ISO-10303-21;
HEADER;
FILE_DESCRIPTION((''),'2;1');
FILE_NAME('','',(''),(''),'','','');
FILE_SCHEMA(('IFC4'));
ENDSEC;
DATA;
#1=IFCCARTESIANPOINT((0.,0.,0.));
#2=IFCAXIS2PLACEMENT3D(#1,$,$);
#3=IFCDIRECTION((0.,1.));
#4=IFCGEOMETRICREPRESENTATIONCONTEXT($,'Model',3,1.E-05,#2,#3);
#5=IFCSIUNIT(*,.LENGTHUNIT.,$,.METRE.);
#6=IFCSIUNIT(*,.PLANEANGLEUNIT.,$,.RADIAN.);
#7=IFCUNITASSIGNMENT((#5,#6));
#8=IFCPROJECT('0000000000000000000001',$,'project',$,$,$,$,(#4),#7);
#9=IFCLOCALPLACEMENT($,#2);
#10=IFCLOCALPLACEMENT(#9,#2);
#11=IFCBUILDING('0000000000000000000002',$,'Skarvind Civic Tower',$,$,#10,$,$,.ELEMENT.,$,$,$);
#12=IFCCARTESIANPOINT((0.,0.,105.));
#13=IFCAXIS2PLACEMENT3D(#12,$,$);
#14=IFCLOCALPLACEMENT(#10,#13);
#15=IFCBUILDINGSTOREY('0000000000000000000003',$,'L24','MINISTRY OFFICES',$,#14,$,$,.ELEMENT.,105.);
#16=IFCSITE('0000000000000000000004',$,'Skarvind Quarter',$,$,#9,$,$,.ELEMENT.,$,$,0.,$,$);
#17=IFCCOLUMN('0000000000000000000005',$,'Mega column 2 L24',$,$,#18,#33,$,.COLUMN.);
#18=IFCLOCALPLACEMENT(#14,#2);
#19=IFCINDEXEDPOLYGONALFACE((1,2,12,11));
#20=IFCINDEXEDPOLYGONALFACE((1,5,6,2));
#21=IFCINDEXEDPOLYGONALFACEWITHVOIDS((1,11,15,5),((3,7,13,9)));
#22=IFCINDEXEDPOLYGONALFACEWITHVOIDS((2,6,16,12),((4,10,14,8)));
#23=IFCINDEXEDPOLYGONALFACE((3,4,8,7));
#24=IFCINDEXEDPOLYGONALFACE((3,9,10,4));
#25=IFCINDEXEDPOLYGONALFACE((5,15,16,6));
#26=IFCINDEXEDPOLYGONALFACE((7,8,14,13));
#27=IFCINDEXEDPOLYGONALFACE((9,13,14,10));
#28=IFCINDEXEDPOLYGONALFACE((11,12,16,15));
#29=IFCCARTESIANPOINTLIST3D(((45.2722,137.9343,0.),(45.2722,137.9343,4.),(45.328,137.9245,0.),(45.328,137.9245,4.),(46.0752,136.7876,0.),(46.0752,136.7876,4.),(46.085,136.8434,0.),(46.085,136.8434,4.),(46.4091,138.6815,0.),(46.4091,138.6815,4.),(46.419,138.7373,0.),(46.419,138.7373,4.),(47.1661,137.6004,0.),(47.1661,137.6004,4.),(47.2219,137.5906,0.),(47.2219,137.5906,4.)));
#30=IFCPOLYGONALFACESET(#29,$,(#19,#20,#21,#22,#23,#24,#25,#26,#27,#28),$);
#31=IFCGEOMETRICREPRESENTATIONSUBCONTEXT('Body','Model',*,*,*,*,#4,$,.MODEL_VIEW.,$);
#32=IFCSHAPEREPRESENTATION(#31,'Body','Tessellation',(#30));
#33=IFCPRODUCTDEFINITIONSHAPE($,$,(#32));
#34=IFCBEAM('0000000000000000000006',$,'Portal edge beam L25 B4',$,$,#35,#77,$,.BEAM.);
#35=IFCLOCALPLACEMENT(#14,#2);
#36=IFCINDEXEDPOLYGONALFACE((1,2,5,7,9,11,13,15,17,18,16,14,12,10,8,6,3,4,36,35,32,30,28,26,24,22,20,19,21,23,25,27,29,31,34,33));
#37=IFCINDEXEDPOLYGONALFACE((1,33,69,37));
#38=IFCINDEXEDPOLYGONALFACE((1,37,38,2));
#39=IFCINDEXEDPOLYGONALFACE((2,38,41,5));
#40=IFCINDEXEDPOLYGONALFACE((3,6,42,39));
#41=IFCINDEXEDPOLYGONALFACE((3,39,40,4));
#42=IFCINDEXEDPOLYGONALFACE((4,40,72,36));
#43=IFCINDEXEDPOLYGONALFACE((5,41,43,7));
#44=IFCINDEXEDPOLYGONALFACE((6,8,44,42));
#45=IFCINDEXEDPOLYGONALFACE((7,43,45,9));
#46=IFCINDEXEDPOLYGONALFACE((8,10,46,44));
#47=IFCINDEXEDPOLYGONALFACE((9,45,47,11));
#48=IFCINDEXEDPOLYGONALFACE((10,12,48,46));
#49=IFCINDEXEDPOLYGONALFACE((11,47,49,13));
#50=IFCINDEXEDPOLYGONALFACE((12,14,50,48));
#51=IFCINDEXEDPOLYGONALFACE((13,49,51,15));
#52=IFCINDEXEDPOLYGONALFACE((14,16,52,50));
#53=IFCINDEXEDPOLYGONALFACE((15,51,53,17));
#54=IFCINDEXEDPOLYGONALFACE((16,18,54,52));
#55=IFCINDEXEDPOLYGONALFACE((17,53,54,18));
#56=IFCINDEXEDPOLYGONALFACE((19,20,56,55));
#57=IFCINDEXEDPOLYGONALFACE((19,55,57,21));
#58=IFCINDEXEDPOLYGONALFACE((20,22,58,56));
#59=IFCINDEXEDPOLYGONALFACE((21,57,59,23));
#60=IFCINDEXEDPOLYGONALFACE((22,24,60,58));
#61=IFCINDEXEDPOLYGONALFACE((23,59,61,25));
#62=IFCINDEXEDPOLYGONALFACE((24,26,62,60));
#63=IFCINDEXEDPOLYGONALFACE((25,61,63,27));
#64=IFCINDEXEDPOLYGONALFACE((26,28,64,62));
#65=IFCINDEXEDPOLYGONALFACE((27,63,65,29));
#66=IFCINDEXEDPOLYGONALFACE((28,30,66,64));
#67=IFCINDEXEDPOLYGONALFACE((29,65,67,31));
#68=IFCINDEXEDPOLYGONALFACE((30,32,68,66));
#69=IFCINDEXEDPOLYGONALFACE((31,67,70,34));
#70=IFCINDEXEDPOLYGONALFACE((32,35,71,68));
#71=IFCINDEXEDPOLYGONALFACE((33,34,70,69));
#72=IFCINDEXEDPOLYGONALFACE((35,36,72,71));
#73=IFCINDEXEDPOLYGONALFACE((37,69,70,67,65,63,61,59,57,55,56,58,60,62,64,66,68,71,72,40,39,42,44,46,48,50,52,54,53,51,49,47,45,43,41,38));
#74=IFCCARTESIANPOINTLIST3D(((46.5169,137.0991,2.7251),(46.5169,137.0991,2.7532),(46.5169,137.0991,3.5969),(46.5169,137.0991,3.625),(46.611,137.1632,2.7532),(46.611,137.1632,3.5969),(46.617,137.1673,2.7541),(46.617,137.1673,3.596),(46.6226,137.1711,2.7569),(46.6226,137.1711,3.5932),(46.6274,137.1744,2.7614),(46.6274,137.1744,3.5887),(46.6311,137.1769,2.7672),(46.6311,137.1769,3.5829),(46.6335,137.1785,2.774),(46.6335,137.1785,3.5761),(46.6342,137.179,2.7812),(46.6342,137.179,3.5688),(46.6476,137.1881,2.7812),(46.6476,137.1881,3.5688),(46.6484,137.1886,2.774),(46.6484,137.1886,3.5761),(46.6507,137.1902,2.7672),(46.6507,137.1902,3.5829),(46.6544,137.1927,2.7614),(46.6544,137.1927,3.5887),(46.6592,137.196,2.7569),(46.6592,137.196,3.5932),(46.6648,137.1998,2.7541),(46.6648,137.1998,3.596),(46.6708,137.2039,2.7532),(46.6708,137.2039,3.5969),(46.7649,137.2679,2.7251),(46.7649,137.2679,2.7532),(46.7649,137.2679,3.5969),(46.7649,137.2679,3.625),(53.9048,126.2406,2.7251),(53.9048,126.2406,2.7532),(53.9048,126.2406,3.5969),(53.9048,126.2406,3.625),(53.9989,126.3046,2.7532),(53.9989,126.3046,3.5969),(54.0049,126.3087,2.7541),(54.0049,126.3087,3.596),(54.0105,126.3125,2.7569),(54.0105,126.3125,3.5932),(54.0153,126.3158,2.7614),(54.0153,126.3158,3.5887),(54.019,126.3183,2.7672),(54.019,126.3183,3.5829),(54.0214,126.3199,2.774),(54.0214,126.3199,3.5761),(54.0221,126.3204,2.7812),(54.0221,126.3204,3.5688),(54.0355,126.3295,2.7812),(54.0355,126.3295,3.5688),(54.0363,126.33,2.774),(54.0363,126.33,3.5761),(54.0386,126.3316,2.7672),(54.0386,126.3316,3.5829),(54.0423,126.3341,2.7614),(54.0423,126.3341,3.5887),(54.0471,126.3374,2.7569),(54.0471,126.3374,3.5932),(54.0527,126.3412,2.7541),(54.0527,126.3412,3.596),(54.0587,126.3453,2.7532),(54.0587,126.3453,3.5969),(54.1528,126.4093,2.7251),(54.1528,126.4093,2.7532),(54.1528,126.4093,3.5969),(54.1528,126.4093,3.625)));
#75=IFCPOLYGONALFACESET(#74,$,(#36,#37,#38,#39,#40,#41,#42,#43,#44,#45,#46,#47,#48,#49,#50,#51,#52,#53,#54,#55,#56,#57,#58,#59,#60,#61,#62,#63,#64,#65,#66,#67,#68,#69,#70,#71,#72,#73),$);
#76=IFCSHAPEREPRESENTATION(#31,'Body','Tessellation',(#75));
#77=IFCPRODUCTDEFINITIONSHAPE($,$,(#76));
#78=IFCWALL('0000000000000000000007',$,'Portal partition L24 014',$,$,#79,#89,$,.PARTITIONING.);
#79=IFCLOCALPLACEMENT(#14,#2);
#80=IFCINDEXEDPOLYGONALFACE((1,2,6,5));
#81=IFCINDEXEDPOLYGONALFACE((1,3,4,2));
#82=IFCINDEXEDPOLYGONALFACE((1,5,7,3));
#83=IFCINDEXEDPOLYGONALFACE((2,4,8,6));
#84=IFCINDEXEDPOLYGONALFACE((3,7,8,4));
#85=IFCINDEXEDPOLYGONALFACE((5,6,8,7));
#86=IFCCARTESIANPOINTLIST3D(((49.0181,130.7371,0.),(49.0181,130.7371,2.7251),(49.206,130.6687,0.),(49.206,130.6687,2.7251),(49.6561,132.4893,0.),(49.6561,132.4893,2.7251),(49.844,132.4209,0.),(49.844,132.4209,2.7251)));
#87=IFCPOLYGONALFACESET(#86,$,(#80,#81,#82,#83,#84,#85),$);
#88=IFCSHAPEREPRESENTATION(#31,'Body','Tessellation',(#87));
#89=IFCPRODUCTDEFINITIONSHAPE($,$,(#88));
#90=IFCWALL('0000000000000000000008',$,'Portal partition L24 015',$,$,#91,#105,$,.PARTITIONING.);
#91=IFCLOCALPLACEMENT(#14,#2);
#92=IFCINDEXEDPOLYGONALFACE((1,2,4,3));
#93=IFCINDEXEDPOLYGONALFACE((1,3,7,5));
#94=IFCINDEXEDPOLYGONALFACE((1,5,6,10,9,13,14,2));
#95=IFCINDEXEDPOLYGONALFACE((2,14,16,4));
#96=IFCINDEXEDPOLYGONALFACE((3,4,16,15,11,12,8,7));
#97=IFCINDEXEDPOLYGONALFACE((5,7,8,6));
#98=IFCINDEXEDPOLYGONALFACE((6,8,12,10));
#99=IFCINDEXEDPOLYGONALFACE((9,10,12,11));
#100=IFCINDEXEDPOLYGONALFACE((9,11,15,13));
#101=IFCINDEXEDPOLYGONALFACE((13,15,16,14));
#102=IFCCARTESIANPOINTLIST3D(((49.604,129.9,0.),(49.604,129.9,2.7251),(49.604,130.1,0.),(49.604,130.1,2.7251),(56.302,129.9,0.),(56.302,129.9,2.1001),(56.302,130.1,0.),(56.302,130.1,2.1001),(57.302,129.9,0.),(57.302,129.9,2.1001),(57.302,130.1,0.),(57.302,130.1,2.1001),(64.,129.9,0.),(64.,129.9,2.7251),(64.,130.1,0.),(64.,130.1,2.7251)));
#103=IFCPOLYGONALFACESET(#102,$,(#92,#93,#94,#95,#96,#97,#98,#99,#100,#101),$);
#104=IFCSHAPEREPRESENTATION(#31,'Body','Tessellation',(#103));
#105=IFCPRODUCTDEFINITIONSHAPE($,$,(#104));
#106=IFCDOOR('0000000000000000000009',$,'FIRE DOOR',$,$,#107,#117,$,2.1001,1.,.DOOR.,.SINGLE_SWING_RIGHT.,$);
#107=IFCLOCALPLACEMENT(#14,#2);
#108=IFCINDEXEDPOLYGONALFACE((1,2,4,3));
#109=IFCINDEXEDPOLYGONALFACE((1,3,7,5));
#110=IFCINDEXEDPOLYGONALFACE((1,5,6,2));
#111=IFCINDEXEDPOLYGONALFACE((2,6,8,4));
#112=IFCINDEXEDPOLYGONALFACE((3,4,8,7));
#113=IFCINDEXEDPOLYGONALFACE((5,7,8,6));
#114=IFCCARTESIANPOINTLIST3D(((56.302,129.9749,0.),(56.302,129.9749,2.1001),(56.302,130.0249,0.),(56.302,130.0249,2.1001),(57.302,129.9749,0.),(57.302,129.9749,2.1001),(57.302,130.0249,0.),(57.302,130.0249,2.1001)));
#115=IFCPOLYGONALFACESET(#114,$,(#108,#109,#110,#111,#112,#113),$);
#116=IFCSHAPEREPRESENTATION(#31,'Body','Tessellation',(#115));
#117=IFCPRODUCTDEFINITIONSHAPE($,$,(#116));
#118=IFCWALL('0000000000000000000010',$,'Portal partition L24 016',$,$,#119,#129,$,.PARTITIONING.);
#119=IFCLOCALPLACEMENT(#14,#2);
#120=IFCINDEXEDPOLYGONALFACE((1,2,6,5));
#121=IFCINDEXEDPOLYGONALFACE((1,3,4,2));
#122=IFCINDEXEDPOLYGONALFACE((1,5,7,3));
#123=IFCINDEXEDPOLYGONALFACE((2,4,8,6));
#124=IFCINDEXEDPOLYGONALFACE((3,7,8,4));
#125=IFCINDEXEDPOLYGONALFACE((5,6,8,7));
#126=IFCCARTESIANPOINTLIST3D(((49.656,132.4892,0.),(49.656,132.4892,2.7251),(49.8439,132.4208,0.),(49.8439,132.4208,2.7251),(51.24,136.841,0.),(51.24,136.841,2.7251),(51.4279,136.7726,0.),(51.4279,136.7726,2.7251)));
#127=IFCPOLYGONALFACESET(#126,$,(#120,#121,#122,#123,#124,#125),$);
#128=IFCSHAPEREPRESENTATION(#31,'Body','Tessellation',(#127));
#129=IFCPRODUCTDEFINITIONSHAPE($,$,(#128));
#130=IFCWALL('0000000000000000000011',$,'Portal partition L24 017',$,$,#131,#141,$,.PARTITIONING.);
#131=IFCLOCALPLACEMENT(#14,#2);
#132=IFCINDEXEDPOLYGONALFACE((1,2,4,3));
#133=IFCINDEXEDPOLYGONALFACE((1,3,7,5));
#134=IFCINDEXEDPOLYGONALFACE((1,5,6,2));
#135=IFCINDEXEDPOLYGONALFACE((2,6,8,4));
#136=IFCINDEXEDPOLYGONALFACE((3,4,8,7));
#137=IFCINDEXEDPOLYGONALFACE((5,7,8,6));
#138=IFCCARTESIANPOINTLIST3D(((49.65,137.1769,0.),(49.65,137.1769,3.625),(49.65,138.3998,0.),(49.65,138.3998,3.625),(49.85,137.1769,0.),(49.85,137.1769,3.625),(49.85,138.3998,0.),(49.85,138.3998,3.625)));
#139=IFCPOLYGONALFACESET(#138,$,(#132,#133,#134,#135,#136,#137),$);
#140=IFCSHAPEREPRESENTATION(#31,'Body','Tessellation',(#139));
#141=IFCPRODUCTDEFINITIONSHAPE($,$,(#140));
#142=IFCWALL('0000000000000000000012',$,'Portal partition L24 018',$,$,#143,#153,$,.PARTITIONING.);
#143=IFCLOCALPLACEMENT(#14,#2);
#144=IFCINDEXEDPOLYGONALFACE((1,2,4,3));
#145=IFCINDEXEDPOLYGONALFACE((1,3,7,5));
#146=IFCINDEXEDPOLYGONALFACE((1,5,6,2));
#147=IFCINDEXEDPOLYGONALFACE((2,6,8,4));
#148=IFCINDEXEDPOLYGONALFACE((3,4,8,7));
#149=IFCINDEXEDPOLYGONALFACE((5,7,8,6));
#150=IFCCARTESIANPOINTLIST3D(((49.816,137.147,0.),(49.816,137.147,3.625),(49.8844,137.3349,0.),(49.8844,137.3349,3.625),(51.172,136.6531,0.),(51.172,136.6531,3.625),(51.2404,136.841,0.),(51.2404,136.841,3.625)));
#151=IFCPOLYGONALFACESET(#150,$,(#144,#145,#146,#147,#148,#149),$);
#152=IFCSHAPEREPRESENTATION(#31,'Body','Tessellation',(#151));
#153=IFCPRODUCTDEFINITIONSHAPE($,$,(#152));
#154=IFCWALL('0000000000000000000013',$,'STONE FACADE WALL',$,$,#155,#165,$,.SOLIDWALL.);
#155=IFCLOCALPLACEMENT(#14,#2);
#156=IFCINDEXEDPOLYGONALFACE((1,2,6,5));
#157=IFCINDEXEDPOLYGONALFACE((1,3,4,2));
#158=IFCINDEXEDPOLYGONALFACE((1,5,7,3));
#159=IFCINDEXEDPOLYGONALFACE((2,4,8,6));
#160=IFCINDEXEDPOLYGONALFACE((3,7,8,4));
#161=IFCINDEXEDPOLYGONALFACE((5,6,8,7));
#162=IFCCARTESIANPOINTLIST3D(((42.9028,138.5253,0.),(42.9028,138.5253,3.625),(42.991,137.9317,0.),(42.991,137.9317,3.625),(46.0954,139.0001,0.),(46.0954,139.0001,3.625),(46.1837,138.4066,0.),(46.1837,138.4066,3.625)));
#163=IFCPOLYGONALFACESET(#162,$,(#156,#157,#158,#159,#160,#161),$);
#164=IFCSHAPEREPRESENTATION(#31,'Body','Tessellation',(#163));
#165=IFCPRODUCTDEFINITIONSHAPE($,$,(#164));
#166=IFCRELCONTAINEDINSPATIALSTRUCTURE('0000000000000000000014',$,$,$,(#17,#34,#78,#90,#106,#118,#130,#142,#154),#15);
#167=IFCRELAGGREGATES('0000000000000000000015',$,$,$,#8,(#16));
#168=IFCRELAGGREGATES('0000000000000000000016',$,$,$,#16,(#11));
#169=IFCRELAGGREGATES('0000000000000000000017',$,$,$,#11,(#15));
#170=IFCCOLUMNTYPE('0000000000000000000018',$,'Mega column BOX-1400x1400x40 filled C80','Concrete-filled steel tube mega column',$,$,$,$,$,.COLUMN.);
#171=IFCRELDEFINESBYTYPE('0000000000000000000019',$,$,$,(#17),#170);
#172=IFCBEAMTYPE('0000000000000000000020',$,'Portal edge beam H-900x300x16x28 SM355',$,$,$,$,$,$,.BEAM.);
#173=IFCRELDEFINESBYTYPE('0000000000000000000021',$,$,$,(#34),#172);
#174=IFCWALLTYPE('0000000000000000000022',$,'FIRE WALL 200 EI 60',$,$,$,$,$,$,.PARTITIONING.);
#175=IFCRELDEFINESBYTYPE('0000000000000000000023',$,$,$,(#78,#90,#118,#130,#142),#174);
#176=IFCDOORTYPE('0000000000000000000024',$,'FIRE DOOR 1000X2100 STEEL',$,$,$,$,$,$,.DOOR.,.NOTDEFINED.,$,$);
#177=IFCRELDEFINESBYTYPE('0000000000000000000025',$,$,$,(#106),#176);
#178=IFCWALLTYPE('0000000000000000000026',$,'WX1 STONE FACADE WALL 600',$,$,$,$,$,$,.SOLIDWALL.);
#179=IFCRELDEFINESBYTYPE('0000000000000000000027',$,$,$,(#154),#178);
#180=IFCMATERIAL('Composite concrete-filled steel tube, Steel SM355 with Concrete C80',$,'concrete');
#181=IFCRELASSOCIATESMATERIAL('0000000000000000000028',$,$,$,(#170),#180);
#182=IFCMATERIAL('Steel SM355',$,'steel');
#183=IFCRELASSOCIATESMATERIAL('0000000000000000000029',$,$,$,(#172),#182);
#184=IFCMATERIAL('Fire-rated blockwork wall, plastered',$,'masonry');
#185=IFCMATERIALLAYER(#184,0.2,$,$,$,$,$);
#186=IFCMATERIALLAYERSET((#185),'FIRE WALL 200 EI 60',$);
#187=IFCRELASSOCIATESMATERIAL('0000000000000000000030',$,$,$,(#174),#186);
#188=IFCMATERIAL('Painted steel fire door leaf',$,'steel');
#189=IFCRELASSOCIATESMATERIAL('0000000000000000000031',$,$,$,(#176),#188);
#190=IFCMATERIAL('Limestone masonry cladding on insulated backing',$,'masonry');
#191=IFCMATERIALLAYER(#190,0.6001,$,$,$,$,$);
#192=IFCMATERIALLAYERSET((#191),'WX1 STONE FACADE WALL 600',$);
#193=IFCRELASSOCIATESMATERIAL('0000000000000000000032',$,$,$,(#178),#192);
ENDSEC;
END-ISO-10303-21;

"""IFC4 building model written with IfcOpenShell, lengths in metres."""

from ifc_helpers import new_model, si_unit, direction, frame, frame_2d, origin, origin_2d, place, context, subcontext, project, spatial, rectangle, hollow_rectangle, i_section, extrude, material, layer, layer_set, material_profile, profile_set, type_object, element, fill, save


model = new_model("IFC4")

# Units and contexts
model_context = context("Model", 3, precision=1e-05, world=origin(), true_north=direction((0.0, 1.0)))
body_context = subcontext(model_context, "Body", "Model", "MODEL_VIEW")
ifc_project = project(units=[si_unit("LENGTHUNIT", "METRE"), si_unit("PLANEANGLEUNIT", "RADIAN")], contexts=[model_context])

# Site, building, storey
site_placement = place(None, origin())
site = spatial("IfcSite", under=ifc_project, at=site_placement, Name="Skarvind Quarter", CompositionType="ELEMENT", RefElevation=0.0)
building_placement = place(site_placement, origin())
building = spatial("IfcBuilding", under=site, at=building_placement, Name="Skarvind Civic Tower", CompositionType="ELEMENT")
storey_placement = place(building_placement, frame((0.0, 0.0, 105.0)))
storey = spatial("IfcBuildingStorey", under=building, at=storey_placement, Name="L24", Description="MINISTRY OFFICES", CompositionType="ELEMENT", Elevation=105.0)

# Column
ifc_material_1 = material(Name="Composite concrete-filled steel tube, Steel SM355 with Concrete C80", Category="concrete")
ifc_material_profile_1 = material_profile(ifc_material_1, hollow_rectangle(XDim=1.3999, YDim=1.3999, WallThickness=0.04, at=origin_2d()), Name="BOX-1400x1400x40")
ifc_profile_set_1 = profile_set([ifc_material_profile_1], Name="Composite concrete-filled steel tube, Steel SM355 with Concrete C80")
column_type = type_object("IfcColumnType", Name="Mega column BOX-1400x1400x40 filled C80", Description="Concrete-filled steel tube mega column", PredefinedType="COLUMN", material=ifc_profile_set_1)
column_placement = place(storey_placement, frame((46.2471, 137.7625, 0.0), z_axis=(0.0, 0.0, 1.0), x_axis=(0.573576, -0.819152, 0.0)))
element("IfcColumn", 1, at=column_placement, inside=storey, type_object=column_type, Name="Mega column 2 L24", PredefinedType="COLUMN", context=body_context, shape_type="SweptSolid", body=[
    extrude(hollow_rectangle(XDim=1.3999, YDim=1.3999, WallThickness=0.04, at=origin_2d()), origin(), (0.0, 0.0, 1.0), 4.0),
])

# Beam
ifc_material_2 = material(Name="Steel SM355", Category="steel")
ifc_material_profile_2 = material_profile(ifc_material_2, i_section(OverallWidth=0.3, OverallDepth=0.8999, WebThickness=0.0161, FlangeThickness=0.0281, FilletRadius=0.0281, at=origin_2d()), Name="H-900x300x16x28")
ifc_profile_set_2 = profile_set([ifc_material_profile_2], Name="Steel SM355")
beam_type = type_object("IfcBeamType", Name="Portal edge beam H-900x300x16x28 SM355", PredefinedType="BEAM", material=ifc_profile_set_2)
beam_placement = place(storey_placement, frame((54.0288, 126.325, 3.175), z_axis=(-0.562522, 0.826783, 0.0), x_axis=(-0.826783, -0.562522, 0.0)))
element("IfcBeam", 2, at=beam_placement, inside=storey, type_object=beam_type, Name="Portal edge beam L25 B4", PredefinedType="BEAM", context=body_context, shape_type="SweptSolid", body=[
    extrude(i_section(OverallWidth=0.3, OverallDepth=0.8999, WebThickness=0.0161, FlangeThickness=0.0281, FilletRadius=0.0281, at=origin_2d()), origin(), (0.0, 0.0, 1.0), 13.1335),
])

# Wall
ifc_material_3 = material(Name="Fire-rated blockwork wall, plastered", Category="masonry")
ifc_layer_1 = layer(ifc_material_3, 0.2)
ifc_layer_set_1 = layer_set([ifc_layer_1], Name="FIRE WALL 200 EI 60")
wall_type_1 = type_object("IfcWallType", Name="FIRE WALL 200 EI 60", PredefinedType="PARTITIONING", material=ifc_layer_set_1)
wall_1_placement = place(storey_placement, frame((49.1121, 130.7029, 0.0), z_axis=(0.0, 0.0, 1.0), x_axis=(0.342111, 0.93966, 0.0)))
element("IfcWall", 3, at=wall_1_placement, inside=storey, type_object=wall_type_1, Name="Portal partition L24 014", PredefinedType="PARTITIONING", context=body_context, shape_type="SweptSolid", body=[
    extrude(rectangle(XDim=1.8647, YDim=0.2, at=frame_2d((0.9324, 0.0))), origin(), (0.0, 0.0, 1.0), 2.7251),
])

# Wall, opening, door
wall_2_placement = place(storey_placement, frame((49.604, 130.0, 0.0), z_axis=(0.0, 0.0, 1.0), x_axis=(1.0, 0.0, 0.0)))
wall_2 = element("IfcWall", 4, at=wall_2_placement, inside=storey, type_object=wall_type_1, Name="Portal partition L24 015", PredefinedType="PARTITIONING", context=body_context, shape_type="SweptSolid", body=[
    extrude(rectangle(XDim=14.396, YDim=0.2, at=frame_2d((7.198, 0.0))), origin(), (0.0, 0.0, 1.0), 2.7251),
])
opening_1_placement = place(wall_2_placement, frame((6.698, 0.0, 0.0)))
opening_1 = element("IfcOpeningElement", 5, at=opening_1_placement, cuts=wall_2, PredefinedType="OPENING", context=body_context, shape_type="SweptSolid", body=[
    extrude(rectangle(XDim=1.0, YDim=2.1001, at=frame_2d((0.5, 1.05))), frame((0.0, 0.1099, 0.0), z_axis=(0.0, -1.0, 0.0), x_axis=(1.0, 0.0, 0.0)), (0.0, 0.0, 1.0), 0.22),
])
ifc_material_4 = material(Name="Painted steel fire door leaf", Category="steel")
door_type = type_object("IfcDoorType", Name="FIRE DOOR 1000X2100 STEEL", OperationType="NOTDEFINED", PredefinedType="DOOR", material=ifc_material_4)
door_placement = place(opening_1_placement, origin())
door = element("IfcDoor", 6, at=door_placement, inside=storey, type_object=door_type, Name="FIRE DOOR", OperationType="SINGLE_SWING_RIGHT", OverallHeight=2.1001, OverallWidth=1.0, PredefinedType="DOOR", context=body_context, shape_type="SweptSolid", body=[
    extrude(rectangle(XDim=1.0, YDim=2.1001, at=frame_2d((0.5, 1.05))), frame((0.0, 0.0249, 0.0), z_axis=(0.0, -1.0, 0.0), x_axis=(1.0, 0.0, 0.0)), (0.0, 0.0, 1.0), 0.05),
])
fill(opening_1, door)

# Walls
wall_3_placement = place(storey_placement, frame((49.75, 132.4551, 0.0), z_axis=(0.0, 0.0, 1.0), x_axis=(0.342031, 0.939689, 0.0)))
element("IfcWall", 7, at=wall_3_placement, inside=storey, type_object=wall_type_1, Name="Portal partition L24 016", PredefinedType="PARTITIONING", context=body_context, shape_type="SweptSolid", body=[
    extrude(rectangle(XDim=4.6311, YDim=0.2, at=frame_2d((2.3154, 0.0))), origin(), (0.0, 0.0, 1.0), 2.7251),
])
wall_4_placement = place(storey_placement, frame((49.75, 137.177, 0.0), z_axis=(0.0, 0.0, 1.0), x_axis=(0.0, 1.0, 0.0)))
element("IfcWall", 8, at=wall_4_placement, inside=storey, type_object=wall_type_1, Name="Portal partition L24 017", PredefinedType="PARTITIONING", context=body_context, shape_type="SweptSolid", body=[
    extrude(rectangle(XDim=1.2229, YDim=0.2, at=frame_2d((0.6113, 0.0))), origin(), (0.0, 0.0, 1.0), 3.625),
])
wall_5_placement = place(storey_placement, frame((49.8501, 137.241, 0.0), z_axis=(0.0, 0.0, 1.0), x_axis=(0.939611, -0.342246, 0.0)))
element("IfcWall", 9, at=wall_5_placement, inside=storey, type_object=wall_type_1, Name="Portal partition L24 018", PredefinedType="PARTITIONING", context=body_context, shape_type="SweptSolid", body=[
    extrude(rectangle(XDim=1.4431, YDim=0.2, at=frame_2d((0.7217, 0.0))), origin(), (0.0, 0.0, 1.0), 3.625),
])
ifc_material_5 = material(Name="Limestone masonry cladding on insulated backing", Category="masonry")
ifc_layer_2 = layer(ifc_material_5, 0.6001)
ifc_layer_set_2 = layer_set([ifc_layer_2], Name="WX1 STONE FACADE WALL 600")
wall_type_2 = type_object("IfcWallType", Name="WX1 STONE FACADE WALL 600", PredefinedType="SOLIDWALL", material=ifc_layer_set_2)
wall_6_placement = place(storey_placement, frame((42.947, 138.2285, 0.0), z_axis=(0.0, 0.0, 1.0), x_axis=(0.989119, 0.147116, 0.0)))
element("IfcWall", 10, at=wall_6_placement, inside=storey, type_object=wall_type_2, Name="STONE FACADE WALL", PredefinedType="SOLIDWALL", context=body_context, shape_type="SweptSolid", body=[
    extrude(rectangle(XDim=3.2278, YDim=0.6001, at=frame_2d((1.6138, 0.0))), origin(), (0.0, 0.0, 1.0), 3.625),
])

save(model, "model.ifc")
